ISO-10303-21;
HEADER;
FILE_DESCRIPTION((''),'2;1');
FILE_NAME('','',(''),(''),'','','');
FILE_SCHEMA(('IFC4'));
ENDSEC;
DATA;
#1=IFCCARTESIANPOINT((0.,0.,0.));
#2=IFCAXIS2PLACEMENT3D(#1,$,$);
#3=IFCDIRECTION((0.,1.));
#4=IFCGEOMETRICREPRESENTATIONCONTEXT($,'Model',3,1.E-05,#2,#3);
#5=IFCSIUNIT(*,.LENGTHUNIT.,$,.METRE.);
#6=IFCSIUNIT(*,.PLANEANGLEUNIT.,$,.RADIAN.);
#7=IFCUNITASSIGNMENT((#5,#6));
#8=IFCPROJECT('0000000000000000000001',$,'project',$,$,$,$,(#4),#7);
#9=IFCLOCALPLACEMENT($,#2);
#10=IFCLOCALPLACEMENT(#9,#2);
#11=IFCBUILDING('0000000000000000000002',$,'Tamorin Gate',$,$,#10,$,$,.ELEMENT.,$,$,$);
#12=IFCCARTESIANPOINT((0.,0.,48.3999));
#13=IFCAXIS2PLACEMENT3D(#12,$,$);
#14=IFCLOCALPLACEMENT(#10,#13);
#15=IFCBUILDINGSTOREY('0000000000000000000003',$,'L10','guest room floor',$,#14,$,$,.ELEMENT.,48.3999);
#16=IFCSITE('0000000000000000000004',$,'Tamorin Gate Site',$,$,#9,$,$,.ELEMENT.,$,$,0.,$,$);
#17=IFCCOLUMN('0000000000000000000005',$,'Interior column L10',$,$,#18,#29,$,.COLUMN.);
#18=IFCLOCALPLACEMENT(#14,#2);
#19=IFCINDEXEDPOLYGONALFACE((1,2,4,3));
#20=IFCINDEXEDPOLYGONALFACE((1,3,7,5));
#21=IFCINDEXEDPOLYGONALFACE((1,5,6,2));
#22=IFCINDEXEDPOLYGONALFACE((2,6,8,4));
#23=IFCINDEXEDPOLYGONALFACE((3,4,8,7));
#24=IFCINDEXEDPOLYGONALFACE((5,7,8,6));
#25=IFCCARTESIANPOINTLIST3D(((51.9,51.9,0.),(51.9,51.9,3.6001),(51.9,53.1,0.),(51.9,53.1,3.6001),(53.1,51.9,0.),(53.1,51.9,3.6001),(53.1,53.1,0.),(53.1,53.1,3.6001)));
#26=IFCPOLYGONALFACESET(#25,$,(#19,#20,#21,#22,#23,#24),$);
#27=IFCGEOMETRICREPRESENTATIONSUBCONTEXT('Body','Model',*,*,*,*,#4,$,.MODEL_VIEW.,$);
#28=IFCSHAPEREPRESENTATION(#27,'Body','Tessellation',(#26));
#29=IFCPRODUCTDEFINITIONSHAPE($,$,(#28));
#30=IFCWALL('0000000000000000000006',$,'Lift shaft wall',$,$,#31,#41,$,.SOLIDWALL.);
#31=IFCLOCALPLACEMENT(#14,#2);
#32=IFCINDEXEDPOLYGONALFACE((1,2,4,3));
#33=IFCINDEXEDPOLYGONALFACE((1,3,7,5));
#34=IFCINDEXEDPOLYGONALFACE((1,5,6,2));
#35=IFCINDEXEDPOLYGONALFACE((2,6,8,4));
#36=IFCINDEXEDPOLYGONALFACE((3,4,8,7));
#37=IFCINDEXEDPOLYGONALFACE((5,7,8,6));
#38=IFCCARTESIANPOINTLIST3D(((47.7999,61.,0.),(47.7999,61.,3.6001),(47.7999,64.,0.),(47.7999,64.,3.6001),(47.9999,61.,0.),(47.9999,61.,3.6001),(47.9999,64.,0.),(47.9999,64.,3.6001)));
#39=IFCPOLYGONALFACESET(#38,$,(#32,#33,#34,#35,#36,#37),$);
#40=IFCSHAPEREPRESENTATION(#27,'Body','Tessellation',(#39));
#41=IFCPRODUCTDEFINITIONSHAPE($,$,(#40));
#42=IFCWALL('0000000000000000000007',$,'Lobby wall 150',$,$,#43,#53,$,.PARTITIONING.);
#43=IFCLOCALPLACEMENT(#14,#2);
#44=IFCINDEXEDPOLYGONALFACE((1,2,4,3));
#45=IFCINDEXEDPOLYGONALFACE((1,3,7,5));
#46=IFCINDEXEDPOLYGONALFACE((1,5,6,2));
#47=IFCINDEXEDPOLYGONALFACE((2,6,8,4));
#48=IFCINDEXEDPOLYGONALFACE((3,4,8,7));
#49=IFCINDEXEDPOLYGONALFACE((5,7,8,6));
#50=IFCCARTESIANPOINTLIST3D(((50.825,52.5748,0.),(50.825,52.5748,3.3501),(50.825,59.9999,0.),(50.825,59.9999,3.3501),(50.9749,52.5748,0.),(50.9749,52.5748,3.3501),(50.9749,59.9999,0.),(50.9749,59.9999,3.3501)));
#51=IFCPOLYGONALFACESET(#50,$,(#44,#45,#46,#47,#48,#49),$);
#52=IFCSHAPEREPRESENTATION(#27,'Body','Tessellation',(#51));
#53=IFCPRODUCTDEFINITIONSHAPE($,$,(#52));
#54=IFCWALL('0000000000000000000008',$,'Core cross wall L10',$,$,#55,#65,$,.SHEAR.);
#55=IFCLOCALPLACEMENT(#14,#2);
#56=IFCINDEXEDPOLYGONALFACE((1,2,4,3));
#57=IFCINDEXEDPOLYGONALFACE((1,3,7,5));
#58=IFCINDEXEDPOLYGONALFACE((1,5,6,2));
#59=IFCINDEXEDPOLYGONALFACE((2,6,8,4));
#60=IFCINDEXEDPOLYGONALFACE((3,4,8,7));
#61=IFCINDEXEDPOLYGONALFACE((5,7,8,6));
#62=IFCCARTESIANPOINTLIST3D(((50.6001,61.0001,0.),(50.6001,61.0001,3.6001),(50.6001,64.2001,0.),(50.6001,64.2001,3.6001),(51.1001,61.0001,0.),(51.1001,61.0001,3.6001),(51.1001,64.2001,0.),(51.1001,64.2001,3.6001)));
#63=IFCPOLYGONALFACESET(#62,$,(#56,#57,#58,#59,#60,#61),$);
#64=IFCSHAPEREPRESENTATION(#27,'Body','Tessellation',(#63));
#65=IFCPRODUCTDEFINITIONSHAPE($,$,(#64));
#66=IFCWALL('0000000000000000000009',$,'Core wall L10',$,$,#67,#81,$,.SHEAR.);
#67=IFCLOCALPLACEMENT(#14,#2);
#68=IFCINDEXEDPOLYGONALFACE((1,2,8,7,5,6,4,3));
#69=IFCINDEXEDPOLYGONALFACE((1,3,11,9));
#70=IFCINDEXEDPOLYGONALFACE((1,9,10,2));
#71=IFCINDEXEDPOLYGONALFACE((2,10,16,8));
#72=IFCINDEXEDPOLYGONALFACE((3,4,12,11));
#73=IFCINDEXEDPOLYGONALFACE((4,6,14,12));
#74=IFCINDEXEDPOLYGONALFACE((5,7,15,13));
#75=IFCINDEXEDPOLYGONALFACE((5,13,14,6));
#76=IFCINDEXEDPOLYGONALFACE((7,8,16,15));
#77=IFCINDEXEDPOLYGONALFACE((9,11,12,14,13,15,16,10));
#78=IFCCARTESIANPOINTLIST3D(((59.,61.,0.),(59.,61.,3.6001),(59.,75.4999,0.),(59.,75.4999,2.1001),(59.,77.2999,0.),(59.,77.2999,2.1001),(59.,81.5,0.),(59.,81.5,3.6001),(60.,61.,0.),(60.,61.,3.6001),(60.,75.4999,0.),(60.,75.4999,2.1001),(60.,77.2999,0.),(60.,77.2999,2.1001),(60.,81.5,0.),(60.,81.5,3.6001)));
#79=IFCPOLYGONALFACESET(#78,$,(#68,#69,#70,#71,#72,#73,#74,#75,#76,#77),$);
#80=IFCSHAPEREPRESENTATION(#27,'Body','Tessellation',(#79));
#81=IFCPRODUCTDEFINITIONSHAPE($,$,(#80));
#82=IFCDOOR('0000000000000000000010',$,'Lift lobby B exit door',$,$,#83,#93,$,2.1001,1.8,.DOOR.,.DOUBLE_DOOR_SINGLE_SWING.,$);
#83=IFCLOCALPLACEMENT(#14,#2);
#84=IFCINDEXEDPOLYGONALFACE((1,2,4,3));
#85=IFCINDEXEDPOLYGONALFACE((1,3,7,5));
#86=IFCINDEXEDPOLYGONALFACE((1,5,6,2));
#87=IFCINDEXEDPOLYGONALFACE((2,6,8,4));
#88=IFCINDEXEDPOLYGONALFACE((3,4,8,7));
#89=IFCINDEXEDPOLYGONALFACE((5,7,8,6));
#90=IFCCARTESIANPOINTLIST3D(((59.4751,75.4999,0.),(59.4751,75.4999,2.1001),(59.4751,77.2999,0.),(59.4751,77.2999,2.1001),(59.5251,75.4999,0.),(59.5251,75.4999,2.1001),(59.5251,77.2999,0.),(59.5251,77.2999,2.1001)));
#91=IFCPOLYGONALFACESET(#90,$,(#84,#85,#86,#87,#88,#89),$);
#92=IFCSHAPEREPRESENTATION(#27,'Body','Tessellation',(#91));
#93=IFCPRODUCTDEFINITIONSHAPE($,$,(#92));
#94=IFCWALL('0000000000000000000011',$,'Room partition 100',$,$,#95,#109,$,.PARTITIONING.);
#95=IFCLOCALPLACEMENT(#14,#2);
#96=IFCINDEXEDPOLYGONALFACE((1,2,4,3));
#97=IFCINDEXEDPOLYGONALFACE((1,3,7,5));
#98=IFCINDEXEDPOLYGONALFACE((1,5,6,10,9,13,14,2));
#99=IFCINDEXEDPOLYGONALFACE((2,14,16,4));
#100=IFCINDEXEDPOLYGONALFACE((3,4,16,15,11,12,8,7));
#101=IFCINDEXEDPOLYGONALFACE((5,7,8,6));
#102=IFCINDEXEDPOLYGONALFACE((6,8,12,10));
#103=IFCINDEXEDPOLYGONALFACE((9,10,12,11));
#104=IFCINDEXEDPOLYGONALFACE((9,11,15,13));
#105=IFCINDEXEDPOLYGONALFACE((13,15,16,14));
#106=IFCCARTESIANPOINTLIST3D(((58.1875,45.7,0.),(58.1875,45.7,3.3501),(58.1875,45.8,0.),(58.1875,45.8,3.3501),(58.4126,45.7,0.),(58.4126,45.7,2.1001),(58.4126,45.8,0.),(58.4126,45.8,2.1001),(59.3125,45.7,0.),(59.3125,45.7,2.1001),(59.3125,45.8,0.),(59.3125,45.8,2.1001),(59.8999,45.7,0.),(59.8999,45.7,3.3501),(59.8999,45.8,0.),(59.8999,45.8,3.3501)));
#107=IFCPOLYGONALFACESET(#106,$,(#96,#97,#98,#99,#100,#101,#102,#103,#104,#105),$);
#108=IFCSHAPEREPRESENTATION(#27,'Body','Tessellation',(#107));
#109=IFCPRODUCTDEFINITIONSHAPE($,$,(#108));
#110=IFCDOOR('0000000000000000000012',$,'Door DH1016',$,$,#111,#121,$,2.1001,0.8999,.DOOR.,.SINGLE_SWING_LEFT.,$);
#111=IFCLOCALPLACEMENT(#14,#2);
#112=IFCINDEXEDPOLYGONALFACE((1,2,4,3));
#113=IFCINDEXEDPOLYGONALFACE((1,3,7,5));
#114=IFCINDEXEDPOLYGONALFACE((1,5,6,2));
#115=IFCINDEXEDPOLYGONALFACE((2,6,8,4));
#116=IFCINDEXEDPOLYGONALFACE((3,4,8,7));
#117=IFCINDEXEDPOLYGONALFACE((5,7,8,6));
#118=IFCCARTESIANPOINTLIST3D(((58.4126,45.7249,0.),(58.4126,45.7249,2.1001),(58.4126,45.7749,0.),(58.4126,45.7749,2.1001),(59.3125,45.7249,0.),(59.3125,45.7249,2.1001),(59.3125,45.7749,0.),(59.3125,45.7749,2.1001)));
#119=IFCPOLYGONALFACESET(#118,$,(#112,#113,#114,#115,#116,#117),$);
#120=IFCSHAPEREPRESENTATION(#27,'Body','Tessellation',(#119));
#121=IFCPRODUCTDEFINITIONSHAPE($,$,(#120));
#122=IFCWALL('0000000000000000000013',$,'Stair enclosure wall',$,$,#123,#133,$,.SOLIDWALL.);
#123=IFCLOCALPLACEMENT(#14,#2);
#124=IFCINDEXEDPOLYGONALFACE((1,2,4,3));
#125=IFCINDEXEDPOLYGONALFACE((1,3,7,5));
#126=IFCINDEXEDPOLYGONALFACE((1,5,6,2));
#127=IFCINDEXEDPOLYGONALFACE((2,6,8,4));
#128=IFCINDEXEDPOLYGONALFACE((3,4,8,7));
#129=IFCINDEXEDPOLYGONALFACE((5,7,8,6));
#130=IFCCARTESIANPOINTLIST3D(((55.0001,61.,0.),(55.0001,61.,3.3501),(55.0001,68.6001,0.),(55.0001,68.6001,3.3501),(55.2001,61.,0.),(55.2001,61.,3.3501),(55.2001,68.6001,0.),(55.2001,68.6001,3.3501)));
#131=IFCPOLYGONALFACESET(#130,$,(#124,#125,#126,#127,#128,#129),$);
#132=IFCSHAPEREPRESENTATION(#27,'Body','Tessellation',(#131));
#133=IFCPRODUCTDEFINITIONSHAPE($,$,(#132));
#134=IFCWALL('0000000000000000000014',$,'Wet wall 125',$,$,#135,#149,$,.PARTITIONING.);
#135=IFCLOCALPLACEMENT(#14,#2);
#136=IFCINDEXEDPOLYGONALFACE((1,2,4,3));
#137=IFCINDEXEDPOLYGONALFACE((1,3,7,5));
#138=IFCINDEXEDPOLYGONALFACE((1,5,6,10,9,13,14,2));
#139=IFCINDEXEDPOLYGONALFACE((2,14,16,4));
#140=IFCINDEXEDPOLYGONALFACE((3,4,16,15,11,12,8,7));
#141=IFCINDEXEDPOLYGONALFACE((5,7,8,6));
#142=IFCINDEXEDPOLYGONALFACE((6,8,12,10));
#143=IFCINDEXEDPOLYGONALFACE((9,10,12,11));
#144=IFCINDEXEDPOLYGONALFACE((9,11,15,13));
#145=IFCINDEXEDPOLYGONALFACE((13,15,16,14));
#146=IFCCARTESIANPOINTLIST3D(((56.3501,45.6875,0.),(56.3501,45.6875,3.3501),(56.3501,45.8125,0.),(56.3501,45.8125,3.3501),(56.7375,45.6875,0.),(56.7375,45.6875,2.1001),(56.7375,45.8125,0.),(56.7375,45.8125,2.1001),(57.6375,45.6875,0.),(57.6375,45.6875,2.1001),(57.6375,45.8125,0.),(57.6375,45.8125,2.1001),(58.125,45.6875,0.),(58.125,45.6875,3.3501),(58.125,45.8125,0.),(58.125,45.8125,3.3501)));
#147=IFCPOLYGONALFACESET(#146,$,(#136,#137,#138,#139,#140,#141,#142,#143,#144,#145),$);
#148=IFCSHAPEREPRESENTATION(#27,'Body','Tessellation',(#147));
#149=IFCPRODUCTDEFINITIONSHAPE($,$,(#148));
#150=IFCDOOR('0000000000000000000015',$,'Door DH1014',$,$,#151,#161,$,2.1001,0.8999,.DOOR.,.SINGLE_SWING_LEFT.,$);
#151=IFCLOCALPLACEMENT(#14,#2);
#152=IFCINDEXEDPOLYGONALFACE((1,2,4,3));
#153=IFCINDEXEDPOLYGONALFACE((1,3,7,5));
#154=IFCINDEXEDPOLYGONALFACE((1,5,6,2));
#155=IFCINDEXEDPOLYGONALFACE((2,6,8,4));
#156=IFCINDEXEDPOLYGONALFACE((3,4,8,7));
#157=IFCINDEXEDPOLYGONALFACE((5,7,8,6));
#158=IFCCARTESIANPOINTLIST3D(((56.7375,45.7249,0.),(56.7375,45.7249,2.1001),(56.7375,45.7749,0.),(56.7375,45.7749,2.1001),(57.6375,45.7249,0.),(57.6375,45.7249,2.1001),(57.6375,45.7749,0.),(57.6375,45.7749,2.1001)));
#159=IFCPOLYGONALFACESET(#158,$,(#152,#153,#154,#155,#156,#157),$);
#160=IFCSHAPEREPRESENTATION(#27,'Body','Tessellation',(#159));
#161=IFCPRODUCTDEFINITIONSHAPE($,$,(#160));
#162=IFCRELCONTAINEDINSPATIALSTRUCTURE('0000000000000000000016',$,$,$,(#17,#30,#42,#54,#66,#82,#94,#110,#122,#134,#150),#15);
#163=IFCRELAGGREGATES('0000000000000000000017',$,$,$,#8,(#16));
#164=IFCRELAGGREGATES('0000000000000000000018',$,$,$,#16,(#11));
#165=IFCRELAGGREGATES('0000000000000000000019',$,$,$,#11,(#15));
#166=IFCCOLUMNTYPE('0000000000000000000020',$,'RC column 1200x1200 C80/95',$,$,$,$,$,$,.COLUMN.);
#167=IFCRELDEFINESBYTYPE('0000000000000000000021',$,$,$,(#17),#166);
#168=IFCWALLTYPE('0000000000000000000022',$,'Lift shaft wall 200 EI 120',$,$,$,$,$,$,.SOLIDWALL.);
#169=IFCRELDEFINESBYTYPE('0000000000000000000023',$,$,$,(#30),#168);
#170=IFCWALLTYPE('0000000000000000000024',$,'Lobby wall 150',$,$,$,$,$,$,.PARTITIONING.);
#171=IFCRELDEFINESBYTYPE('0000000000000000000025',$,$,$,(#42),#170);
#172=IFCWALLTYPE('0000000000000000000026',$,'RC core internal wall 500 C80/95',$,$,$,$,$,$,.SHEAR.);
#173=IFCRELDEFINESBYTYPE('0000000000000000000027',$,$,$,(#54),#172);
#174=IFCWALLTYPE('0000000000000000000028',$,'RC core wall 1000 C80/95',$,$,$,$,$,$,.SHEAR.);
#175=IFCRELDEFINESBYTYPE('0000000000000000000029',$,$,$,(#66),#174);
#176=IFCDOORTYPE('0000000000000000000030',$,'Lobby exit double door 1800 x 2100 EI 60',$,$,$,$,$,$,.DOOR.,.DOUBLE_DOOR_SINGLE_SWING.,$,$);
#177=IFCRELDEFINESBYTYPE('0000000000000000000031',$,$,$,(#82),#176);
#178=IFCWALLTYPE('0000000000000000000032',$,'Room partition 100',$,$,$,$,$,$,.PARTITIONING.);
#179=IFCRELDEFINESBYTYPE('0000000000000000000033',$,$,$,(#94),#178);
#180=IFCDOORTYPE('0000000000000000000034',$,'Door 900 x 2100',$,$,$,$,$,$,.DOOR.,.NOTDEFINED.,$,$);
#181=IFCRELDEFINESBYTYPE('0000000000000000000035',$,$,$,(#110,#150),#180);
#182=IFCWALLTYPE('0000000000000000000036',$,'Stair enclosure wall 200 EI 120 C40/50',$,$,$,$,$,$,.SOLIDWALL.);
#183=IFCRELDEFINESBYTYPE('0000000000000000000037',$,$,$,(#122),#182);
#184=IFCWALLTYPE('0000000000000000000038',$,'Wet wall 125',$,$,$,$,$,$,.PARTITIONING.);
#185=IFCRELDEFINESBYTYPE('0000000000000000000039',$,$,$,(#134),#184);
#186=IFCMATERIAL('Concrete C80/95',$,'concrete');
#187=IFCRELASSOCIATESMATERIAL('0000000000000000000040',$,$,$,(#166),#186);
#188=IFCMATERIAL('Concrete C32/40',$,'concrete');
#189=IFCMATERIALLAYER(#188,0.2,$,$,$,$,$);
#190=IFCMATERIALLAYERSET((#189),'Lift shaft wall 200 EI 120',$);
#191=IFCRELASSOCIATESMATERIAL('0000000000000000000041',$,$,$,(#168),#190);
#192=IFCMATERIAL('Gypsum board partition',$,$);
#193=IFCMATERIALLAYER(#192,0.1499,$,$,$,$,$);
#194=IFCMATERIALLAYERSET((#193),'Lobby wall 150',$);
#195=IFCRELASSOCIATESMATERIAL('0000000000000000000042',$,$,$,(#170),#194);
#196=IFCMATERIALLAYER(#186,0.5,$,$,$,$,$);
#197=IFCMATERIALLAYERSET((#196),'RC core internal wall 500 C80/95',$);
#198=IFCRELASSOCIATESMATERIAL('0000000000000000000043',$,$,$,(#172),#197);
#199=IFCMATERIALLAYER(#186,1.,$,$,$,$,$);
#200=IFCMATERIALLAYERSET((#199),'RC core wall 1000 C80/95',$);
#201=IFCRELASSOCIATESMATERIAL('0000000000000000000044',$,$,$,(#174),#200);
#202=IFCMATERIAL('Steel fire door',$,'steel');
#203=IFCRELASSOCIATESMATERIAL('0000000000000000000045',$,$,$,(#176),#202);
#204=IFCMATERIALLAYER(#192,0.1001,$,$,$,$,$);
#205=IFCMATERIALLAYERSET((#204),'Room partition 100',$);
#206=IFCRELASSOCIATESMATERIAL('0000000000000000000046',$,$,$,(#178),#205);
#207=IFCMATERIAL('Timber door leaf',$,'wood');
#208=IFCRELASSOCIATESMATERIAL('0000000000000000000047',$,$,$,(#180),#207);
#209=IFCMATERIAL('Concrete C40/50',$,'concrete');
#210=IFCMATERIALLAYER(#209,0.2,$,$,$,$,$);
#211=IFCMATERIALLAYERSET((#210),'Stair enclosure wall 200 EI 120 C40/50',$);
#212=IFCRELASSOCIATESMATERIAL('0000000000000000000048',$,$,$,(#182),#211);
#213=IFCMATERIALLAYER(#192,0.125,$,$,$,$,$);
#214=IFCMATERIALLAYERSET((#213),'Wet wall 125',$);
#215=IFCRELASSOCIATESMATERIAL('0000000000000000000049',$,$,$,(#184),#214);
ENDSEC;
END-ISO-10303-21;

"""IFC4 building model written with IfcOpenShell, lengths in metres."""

from ifc_helpers import new_model, si_unit, direction, frame, frame_2d, origin, origin_2d, place, context, subcontext, project, spatial, rectangle, extrude, material, layer, layer_set, material_profile, profile_set, type_object, element, fill, save


model = new_model("IFC4")

# Units and contexts
model_context = context("Model", 3, precision=1e-05, world=origin(), true_north=direction((0.0, 1.0)))
body_context = subcontext(model_context, "Body", "Model", "MODEL_VIEW")
ifc_project = project(units=[si_unit("LENGTHUNIT", "METRE"), si_unit("PLANEANGLEUNIT", "RADIAN")], contexts=[model_context])

# Site, building, storey
site_placement = place(None, origin())
site = spatial("IfcSite", under=ifc_project, at=site_placement, Name="Tamorin Gate Site", CompositionType="ELEMENT", RefElevation=0.0)
building_placement = place(site_placement, origin())
building = spatial("IfcBuilding", under=site, at=building_placement, Name="Tamorin Gate", CompositionType="ELEMENT")
storey_placement = place(building_placement, frame((0.0, 0.0, 48.3999)))
storey = spatial("IfcBuildingStorey", under=building, at=storey_placement, Name="L10", Description="guest room floor", CompositionType="ELEMENT", Elevation=48.3999)

# Column
ifc_material_1 = material(Name="Concrete C80/95", Category="concrete")
ifc_material_profile = material_profile(ifc_material_1, rectangle(XDim=1.2, YDim=1.2, at=origin_2d()), Name="RC 1200x1200")
ifc_profile_set = profile_set([ifc_material_profile], Name="Concrete C80/95")
column_type = type_object("IfcColumnType", Name="RC column 1200x1200 C80/95", PredefinedType="COLUMN", material=ifc_profile_set)
column_placement = place(storey_placement, frame((52.5, 52.5, 0.0), z_axis=(0.0, 0.0, 1.0), x_axis=(1.0, 0.0, 0.0)))
element("IfcColumn", 1, at=column_placement, inside=storey, type_object=column_type, Name="Interior column L10", PredefinedType="COLUMN", context=body_context, shape_type="SweptSolid", body=[
    extrude(rectangle(XDim=1.2, YDim=1.2, at=origin_2d()), origin(), (0.0, 0.0, 1.0), 3.6001),
])

# Walls
ifc_material_2 = material(Name="Concrete C32/40", Category="concrete")
ifc_layer_1 = layer(ifc_material_2, 0.2)
ifc_layer_set_1 = layer_set([ifc_layer_1], Name="Lift shaft wall 200 EI 120")
wall_type_1 = type_object("IfcWallType", Name="Lift shaft wall 200 EI 120", PredefinedType="SOLIDWALL", material=ifc_layer_set_1)
wall_1_placement = place(storey_placement, frame((47.8999, 61.0, 0.0), z_axis=(0.0, 0.0, 1.0), x_axis=(0.0, 1.0, 0.0)))
element("IfcWall", 2, at=wall_1_placement, inside=storey, type_object=wall_type_1, Name="Lift shaft wall", PredefinedType="SOLIDWALL", context=body_context, shape_type="SweptSolid", body=[
    extrude(rectangle(XDim=3.0, YDim=0.2, at=frame_2d((1.5, 0.0))), origin(), (0.0, 0.0, 1.0), 3.6001),
])
ifc_material_3 = material(Name="Gypsum board partition")
ifc_layer_2 = layer(ifc_material_3, 0.1499)
ifc_layer_set_2 = layer_set([ifc_layer_2], Name="Lobby wall 150")
wall_type_2 = type_object("IfcWallType", Name="Lobby wall 150", PredefinedType="PARTITIONING", material=ifc_layer_set_2)
wall_2_placement = place(storey_placement, frame((50.8999, 52.575, 0.0), z_axis=(0.0, 0.0, 1.0), x_axis=(0.0, 1.0, 0.0)))
element("IfcWall", 3, at=wall_2_placement, inside=storey, type_object=wall_type_2, Name="Lobby wall 150", PredefinedType="PARTITIONING", context=body_context, shape_type="SweptSolid", body=[
    extrude(rectangle(XDim=7.425, YDim=0.1499, at=frame_2d((3.7124, 0.0))), origin(), (0.0, 0.0, 1.0), 3.3501),
])
ifc_layer_3 = layer(ifc_material_1, 0.5)
ifc_layer_set_3 = layer_set([ifc_layer_3], Name="RC core internal wall 500 C80/95")
wall_type_3 = type_object("IfcWallType", Name="RC core internal wall 500 C80/95", PredefinedType="SHEAR", material=ifc_layer_set_3)
wall_3_placement = place(storey_placement, frame((50.8501, 61.0, 0.0), z_axis=(0.0, 0.0, 1.0), x_axis=(0.0, 1.0, 0.0)))
element("IfcWall", 4, at=wall_3_placement, inside=storey, type_object=wall_type_3, Name="Core cross wall L10", PredefinedType="SHEAR", context=body_context, shape_type="SweptSolid", body=[
    extrude(rectangle(XDim=3.2, YDim=0.5, at=frame_2d((1.6001, 0.0))), origin(), (0.0, 0.0, 1.0), 3.6001),
])

# Walls, openings, doors
ifc_layer_4 = layer(ifc_material_1, 1.0)
ifc_layer_set_4 = layer_set([ifc_layer_4], Name="RC core wall 1000 C80/95")
wall_type_4 = type_object("IfcWallType", Name="RC core wall 1000 C80/95", PredefinedType="SHEAR", material=ifc_layer_set_4)
wall_4_placement = place(storey_placement, frame((59.5, 61.0, 0.0), z_axis=(0.0, 0.0, 1.0), x_axis=(0.0, 1.0, 0.0)))
wall_4 = element("IfcWall", 5, at=wall_4_placement, inside=storey, type_object=wall_type_4, Name="Core wall L10", PredefinedType="SHEAR", context=body_context, shape_type="SweptSolid", body=[
    extrude(rectangle(XDim=20.5, YDim=1.0, at=frame_2d((10.25, 0.0))), origin(), (0.0, 0.0, 1.0), 3.6001),
])
opening_1_placement = place(wall_4_placement, frame((14.5, 0.0, 0.0)))
opening_1 = element("IfcOpeningElement", 6, at=opening_1_placement, cuts=wall_4, PredefinedType="OPENING", context=body_context, shape_type="SweptSolid", body=[
    extrude(rectangle(XDim=1.8, YDim=2.1001, at=frame_2d((0.8999, 1.05))), frame((0.0, 0.51, 0.0), z_axis=(0.0, -1.0, 0.0), x_axis=(1.0, 0.0, 0.0)), (0.0, 0.0, 1.0), 1.02),
])
ifc_material_4 = material(Name="Steel fire door", Category="steel")
door_type_1 = type_object("IfcDoorType", Name="Lobby exit double door 1800 x 2100 EI 60", OperationType="DOUBLE_DOOR_SINGLE_SWING", PredefinedType="DOOR", material=ifc_material_4)
door_1_placement = place(opening_1_placement, origin())
door_1 = element("IfcDoor", 7, at=door_1_placement, inside=storey, type_object=door_type_1, Name="Lift lobby B exit door", OperationType="DOUBLE_DOOR_SINGLE_SWING", OverallHeight=2.1001, OverallWidth=1.8, PredefinedType="DOOR", context=body_context, shape_type="SweptSolid", body=[
    extrude(rectangle(XDim=1.8, YDim=2.1001, at=frame_2d((0.8999, 1.05))), frame((0.0, 0.0249, 0.0), z_axis=(0.0, -1.0, 0.0), x_axis=(1.0, 0.0, 0.0)), (0.0, 0.0, 1.0), 0.05),
])
fill(opening_1, door_1)
ifc_layer_5 = layer(ifc_material_3, 0.1001)
ifc_layer_set_5 = layer_set([ifc_layer_5], Name="Room partition 100")
wall_type_5 = type_object("IfcWallType", Name="Room partition 100", PredefinedType="PARTITIONING", material=ifc_layer_set_5)
wall_5_placement = place(storey_placement, frame((58.1875, 45.75, 0.0), z_axis=(0.0, 0.0, 1.0), x_axis=(1.0, 0.0, 0.0)))
wall_5 = element("IfcWall", 8, at=wall_5_placement, inside=storey, type_object=wall_type_5, Name="Room partition 100", PredefinedType="PARTITIONING", context=body_context, shape_type="SweptSolid", body=[
    extrude(rectangle(XDim=1.7124, YDim=0.1001, at=frame_2d((0.8562, 0.0))), origin(), (0.0, 0.0, 1.0), 3.3501),
])
opening_2_placement = place(wall_5_placement, frame((0.2251, 0.0, 0.0)))
opening_2 = element("IfcOpeningElement", 9, at=opening_2_placement, cuts=wall_5, PredefinedType="OPENING", context=body_context, shape_type="SweptSolid", body=[
    extrude(rectangle(XDim=0.8999, YDim=2.1001, at=frame_2d((0.45, 1.05))), frame((0.0, 0.0601, 0.0), z_axis=(0.0, -1.0, 0.0), x_axis=(1.0, 0.0, 0.0)), (0.0, 0.0, 1.0), 0.1201),
])
ifc_material_5 = material(Name="Timber door leaf", Category="wood")
door_type_2 = type_object("IfcDoorType", Name="Door 900 x 2100", OperationType="NOTDEFINED", PredefinedType="DOOR", material=ifc_material_5)
door_2_placement = place(opening_2_placement, origin())
door_2 = element("IfcDoor", 10, at=door_2_placement, inside=storey, type_object=door_type_2, Name="Door DH1016", OperationType="SINGLE_SWING_LEFT", OverallHeight=2.1001, OverallWidth=0.8999, PredefinedType="DOOR", context=body_context, shape_type="SweptSolid", body=[
    extrude(rectangle(XDim=0.8999, YDim=2.1001, at=frame_2d((0.45, 1.05))), frame((0.0, 0.0249, 0.0), z_axis=(0.0, -1.0, 0.0), x_axis=(1.0, 0.0, 0.0)), (0.0, 0.0, 1.0), 0.05),
])
fill(opening_2, door_2)

# Wall
ifc_material_6 = material(Name="Concrete C40/50", Category="concrete")
ifc_layer_6 = layer(ifc_material_6, 0.2)
ifc_layer_set_6 = layer_set([ifc_layer_6], Name="Stair enclosure wall 200 EI 120 C40/50")
wall_type_6 = type_object("IfcWallType", Name="Stair enclosure wall 200 EI 120 C40/50", PredefinedType="SOLIDWALL", material=ifc_layer_set_6)
wall_6_placement = place(storey_placement, frame((55.1001, 61.0, 0.0), z_axis=(0.0, 0.0, 1.0), x_axis=(0.0, 1.0, 0.0)))
element("IfcWall", 11, at=wall_6_placement, inside=storey, type_object=wall_type_6, Name="Stair enclosure wall", PredefinedType="SOLIDWALL", context=body_context, shape_type="SweptSolid", body=[
    extrude(rectangle(XDim=7.6001, YDim=0.2, at=frame_2d((3.8, 0.0))), origin(), (0.0, 0.0, 1.0), 3.3501),
])

# Wall, opening, door
ifc_layer_7 = layer(ifc_material_3, 0.125)
ifc_layer_set_7 = layer_set([ifc_layer_7], Name="Wet wall 125")
wall_type_7 = type_object("IfcWallType", Name="Wet wall 125", PredefinedType="PARTITIONING", material=ifc_layer_set_7)
wall_7_placement = place(storey_placement, frame((56.3501, 45.75, 0.0), z_axis=(0.0, 0.0, 1.0), x_axis=(1.0, 0.0, 0.0)))
wall_7 = element("IfcWall", 12, at=wall_7_placement, inside=storey, type_object=wall_type_7, Name="Wet wall 125", PredefinedType="PARTITIONING", context=body_context, shape_type="SweptSolid", body=[
    extrude(rectangle(XDim=1.7749, YDim=0.125, at=frame_2d((0.8875, 0.0))), origin(), (0.0, 0.0, 1.0), 3.3501),
])
opening_3_placement = place(wall_7_placement, frame((0.3875, 0.0, 0.0)))
opening_3 = element("IfcOpeningElement", 13, at=opening_3_placement, cuts=wall_7, PredefinedType="OPENING", context=body_context, shape_type="SweptSolid", body=[
    extrude(rectangle(XDim=0.8999, YDim=2.1001, at=frame_2d((0.45, 1.05))), frame((0.0, 0.0725, 0.0), z_axis=(0.0, -1.0, 0.0), x_axis=(1.0, 0.0, 0.0)), (0.0, 0.0, 1.0), 0.145),
])
door_3_placement = place(opening_3_placement, origin())
door_3 = element("IfcDoor", 14, at=door_3_placement, inside=storey, type_object=door_type_2, Name="Door DH1014", OperationType="SINGLE_SWING_LEFT", OverallHeight=2.1001, OverallWidth=0.8999, PredefinedType="DOOR", context=body_context, shape_type="SweptSolid", body=[
    extrude(rectangle(XDim=0.8999, YDim=2.1001, at=frame_2d((0.45, 1.05))), frame((0.0, 0.0249, 0.0), z_axis=(0.0, -1.0, 0.0), x_axis=(1.0, 0.0, 0.0)), (0.0, 0.0, 1.0), 0.05),
])
fill(opening_3, door_3)

save(model, "model.ifc")
